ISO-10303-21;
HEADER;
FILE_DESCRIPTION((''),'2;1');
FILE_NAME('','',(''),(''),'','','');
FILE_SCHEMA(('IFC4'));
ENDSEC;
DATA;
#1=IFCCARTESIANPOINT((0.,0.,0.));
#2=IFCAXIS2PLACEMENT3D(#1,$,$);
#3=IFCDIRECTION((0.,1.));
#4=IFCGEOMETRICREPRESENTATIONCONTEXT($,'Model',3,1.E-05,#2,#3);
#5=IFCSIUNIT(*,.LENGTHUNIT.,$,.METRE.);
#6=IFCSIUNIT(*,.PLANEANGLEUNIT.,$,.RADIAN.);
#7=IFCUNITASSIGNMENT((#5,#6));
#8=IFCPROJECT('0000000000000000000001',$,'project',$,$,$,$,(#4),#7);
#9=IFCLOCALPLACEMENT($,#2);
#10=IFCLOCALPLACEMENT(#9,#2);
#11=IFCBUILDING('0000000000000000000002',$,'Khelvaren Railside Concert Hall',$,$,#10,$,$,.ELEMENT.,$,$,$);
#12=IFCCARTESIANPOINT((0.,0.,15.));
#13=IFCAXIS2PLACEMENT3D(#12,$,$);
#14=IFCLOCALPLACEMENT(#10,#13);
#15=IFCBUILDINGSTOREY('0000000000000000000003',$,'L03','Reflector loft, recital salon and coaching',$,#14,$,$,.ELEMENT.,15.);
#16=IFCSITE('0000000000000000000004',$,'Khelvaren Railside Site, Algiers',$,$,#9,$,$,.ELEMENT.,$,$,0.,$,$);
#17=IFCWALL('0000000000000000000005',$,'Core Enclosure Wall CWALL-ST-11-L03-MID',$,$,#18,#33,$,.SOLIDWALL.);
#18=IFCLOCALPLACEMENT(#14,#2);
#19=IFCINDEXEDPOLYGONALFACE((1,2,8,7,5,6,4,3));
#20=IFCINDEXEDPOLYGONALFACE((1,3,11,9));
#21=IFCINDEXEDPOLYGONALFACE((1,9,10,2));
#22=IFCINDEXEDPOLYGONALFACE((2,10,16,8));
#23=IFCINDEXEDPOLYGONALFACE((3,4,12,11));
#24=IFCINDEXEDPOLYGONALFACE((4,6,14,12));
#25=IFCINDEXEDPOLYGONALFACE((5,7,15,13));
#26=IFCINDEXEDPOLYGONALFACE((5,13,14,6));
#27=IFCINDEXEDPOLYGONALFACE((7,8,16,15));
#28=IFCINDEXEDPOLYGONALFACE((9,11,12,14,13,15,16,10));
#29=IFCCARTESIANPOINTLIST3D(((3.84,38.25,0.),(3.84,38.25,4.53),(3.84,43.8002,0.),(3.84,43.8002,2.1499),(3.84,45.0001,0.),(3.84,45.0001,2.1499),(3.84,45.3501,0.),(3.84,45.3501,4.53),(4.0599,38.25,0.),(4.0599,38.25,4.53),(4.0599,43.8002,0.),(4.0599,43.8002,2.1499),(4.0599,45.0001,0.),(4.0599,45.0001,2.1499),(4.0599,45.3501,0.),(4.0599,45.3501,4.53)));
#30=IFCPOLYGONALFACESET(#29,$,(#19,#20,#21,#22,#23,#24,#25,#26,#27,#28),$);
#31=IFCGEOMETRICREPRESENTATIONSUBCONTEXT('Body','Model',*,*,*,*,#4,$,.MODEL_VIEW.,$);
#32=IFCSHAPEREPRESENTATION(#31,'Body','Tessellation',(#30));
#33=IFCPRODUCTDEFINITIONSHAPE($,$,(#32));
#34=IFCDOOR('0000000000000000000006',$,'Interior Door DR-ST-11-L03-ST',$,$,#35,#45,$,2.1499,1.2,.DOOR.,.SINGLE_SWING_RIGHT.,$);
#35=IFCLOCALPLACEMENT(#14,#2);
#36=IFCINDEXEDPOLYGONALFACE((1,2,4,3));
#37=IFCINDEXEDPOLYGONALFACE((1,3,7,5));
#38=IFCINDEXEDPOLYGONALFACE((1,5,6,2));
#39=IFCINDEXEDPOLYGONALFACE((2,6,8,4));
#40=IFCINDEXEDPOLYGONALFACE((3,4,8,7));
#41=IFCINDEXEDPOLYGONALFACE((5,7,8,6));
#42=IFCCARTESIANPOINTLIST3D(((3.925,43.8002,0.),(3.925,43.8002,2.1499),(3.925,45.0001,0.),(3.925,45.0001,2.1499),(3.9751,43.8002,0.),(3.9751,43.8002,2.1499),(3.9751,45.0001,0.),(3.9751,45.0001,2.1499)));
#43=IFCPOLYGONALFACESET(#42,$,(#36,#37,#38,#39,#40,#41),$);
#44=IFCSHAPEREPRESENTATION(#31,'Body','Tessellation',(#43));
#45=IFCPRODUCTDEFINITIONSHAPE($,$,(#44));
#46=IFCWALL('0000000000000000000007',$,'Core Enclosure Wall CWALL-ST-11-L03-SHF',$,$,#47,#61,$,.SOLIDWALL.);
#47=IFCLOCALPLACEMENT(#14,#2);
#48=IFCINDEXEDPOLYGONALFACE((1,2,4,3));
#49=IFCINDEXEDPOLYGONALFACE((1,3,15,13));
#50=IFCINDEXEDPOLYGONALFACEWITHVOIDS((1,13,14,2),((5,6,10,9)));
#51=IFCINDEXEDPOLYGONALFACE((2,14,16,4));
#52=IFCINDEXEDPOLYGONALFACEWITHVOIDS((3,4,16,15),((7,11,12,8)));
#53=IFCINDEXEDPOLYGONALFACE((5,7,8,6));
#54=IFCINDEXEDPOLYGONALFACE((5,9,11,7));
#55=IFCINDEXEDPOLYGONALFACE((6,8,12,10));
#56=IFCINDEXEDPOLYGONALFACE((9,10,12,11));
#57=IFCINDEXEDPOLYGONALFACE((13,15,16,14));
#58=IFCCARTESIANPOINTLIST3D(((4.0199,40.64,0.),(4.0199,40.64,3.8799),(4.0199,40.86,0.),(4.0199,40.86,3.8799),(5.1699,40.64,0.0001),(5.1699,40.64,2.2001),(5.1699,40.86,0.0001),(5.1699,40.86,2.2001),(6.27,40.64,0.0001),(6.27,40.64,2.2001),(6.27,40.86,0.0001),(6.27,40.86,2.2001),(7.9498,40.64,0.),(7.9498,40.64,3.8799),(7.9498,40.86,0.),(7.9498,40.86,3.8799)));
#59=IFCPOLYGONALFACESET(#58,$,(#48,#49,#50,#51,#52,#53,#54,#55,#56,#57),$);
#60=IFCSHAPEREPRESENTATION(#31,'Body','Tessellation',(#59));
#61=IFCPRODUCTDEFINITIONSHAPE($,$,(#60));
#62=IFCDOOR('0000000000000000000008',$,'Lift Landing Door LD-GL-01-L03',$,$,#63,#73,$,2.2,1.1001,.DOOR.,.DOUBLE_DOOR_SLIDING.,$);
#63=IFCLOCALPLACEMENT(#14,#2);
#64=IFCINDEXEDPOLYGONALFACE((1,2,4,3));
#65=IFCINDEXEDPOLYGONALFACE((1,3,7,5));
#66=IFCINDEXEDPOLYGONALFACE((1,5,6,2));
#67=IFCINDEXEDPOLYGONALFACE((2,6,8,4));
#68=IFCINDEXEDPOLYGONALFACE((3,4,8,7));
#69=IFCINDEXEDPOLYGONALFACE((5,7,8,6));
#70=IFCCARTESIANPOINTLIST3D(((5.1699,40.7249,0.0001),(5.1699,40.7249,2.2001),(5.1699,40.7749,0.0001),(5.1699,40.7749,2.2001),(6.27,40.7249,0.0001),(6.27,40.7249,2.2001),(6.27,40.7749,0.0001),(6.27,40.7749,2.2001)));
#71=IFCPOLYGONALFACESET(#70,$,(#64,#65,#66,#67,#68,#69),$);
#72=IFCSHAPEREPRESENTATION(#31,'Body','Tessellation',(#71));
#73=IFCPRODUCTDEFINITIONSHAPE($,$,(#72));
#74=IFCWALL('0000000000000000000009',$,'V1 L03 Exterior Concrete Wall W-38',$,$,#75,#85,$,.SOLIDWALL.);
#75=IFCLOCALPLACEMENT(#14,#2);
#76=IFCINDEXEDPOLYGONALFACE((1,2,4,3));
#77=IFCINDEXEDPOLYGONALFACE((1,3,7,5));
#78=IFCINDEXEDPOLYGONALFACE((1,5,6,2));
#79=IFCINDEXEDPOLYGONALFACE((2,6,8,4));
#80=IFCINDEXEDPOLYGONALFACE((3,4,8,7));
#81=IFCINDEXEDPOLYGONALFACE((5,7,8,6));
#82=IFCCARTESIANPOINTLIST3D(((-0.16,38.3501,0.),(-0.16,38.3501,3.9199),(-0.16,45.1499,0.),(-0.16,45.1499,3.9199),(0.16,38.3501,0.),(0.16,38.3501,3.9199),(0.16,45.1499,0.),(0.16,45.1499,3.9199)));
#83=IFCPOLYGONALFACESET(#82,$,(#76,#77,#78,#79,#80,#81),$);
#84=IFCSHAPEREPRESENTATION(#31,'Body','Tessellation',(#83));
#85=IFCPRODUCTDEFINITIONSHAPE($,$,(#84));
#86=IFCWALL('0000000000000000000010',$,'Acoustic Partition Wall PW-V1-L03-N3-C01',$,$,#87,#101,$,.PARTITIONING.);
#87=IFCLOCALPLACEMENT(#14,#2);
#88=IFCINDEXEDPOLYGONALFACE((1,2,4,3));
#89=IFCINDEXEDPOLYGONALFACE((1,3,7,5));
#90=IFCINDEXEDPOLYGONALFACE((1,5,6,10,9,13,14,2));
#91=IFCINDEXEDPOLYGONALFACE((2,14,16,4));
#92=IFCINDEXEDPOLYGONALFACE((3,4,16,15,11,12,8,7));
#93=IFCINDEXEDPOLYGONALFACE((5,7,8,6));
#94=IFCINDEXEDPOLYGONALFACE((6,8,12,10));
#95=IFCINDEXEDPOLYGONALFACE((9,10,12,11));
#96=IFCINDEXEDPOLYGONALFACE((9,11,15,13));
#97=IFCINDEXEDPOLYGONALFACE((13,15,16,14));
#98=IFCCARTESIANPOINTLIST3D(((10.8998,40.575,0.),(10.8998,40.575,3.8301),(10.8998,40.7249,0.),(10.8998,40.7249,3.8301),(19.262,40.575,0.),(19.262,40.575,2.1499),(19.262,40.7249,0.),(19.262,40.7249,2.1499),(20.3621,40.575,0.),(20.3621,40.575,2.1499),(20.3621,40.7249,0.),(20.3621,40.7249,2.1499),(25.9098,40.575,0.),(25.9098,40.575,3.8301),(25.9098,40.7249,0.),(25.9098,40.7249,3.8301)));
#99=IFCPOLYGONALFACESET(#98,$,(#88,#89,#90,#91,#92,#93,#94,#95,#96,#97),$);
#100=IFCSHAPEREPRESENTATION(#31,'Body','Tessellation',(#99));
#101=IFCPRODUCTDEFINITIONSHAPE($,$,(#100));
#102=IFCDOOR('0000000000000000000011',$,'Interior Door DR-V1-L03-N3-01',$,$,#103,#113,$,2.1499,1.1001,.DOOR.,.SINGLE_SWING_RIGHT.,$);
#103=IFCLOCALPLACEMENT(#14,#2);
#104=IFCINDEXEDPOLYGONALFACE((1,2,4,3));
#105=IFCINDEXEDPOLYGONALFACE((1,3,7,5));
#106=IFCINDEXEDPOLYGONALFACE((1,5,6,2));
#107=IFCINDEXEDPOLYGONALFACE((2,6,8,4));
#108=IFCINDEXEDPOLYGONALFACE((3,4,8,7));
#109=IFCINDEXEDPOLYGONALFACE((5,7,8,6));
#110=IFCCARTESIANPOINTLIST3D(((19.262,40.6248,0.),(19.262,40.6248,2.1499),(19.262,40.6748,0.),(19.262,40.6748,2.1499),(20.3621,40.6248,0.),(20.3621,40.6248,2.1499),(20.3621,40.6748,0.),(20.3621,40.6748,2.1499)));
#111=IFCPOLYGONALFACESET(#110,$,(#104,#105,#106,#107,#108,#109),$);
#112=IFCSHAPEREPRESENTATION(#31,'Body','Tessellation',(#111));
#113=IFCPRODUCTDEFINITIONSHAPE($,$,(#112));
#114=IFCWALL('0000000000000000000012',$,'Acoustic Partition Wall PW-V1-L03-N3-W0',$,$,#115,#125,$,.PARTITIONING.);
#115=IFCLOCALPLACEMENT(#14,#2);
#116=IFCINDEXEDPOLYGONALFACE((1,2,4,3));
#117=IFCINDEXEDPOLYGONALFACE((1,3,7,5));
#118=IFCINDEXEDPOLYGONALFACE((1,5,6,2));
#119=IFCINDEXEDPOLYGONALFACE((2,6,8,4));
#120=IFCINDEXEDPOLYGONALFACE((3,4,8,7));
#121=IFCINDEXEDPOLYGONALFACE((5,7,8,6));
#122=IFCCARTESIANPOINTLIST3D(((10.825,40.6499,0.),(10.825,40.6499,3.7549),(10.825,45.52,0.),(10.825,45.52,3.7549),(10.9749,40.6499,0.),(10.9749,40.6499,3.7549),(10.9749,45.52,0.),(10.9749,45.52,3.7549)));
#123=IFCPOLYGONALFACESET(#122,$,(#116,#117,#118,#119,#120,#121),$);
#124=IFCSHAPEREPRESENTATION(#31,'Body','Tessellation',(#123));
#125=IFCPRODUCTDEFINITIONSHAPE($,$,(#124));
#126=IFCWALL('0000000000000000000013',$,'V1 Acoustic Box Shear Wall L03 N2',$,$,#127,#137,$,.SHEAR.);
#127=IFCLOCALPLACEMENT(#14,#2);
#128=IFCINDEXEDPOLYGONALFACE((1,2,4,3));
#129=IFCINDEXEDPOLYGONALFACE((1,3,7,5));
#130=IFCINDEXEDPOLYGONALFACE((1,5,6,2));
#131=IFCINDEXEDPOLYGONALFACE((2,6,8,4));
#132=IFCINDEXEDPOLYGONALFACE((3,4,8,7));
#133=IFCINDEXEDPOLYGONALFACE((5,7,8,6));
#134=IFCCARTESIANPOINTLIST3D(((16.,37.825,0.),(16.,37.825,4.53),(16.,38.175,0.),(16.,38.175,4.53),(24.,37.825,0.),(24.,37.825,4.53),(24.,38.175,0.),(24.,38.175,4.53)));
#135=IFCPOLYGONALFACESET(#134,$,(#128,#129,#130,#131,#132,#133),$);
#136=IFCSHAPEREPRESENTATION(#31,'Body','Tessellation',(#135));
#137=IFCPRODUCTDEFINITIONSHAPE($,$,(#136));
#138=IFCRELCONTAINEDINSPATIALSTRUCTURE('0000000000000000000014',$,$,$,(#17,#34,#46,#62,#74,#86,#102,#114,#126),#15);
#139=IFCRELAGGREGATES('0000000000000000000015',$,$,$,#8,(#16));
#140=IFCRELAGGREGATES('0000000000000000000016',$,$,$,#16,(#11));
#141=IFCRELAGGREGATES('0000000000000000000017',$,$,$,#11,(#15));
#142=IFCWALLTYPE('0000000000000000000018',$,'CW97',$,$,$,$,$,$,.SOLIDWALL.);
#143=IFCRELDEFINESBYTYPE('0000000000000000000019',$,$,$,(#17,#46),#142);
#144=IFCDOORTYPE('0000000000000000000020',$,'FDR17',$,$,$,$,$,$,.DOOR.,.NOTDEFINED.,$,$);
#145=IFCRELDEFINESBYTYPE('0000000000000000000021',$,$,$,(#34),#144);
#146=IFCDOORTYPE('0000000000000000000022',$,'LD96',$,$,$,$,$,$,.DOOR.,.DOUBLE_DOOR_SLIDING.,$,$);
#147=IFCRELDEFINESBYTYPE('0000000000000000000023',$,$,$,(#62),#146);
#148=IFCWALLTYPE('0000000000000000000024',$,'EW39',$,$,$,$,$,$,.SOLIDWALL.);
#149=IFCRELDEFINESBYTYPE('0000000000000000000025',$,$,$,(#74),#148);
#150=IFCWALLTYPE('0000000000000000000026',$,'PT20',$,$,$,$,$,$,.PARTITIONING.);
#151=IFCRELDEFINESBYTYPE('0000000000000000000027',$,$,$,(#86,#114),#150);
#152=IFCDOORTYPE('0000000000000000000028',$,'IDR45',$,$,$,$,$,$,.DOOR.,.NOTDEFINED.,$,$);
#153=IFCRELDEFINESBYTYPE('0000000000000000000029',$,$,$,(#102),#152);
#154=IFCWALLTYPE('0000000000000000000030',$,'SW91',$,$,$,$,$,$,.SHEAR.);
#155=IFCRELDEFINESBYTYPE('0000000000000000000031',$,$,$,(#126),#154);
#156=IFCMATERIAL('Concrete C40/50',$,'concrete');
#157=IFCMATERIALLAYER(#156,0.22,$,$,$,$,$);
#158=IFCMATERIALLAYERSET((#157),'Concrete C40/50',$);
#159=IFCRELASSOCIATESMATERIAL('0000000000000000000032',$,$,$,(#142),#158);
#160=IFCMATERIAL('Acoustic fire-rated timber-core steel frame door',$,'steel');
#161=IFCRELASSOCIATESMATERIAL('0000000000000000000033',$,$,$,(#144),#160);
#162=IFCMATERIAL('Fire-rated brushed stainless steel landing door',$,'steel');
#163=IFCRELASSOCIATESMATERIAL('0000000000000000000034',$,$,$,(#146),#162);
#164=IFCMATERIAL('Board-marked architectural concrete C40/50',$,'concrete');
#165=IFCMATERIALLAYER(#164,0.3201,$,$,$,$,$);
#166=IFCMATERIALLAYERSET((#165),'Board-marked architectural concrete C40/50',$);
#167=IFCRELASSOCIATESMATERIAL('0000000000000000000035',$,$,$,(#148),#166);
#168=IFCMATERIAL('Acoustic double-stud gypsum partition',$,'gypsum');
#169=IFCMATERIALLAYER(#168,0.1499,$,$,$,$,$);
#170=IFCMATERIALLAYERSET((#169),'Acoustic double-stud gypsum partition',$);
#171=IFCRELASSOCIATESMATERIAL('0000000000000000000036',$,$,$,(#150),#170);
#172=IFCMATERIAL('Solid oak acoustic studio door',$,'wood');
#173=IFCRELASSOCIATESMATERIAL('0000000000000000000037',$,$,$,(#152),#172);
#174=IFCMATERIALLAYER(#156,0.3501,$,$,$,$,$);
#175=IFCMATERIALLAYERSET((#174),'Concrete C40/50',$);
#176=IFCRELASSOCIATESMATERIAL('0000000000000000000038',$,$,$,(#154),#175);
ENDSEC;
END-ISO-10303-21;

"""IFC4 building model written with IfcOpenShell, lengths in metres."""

from ifc_helpers import new_model, si_unit, direction, frame, frame_2d, origin, place, context, subcontext, project, spatial, rectangle, extrude, material, layer, layer_set, type_object, element, fill, save


model = new_model("IFC4")

# Units and contexts
model_context = context("Model", 3, precision=1e-05, world=origin(), true_north=direction((0.0, 1.0)))
body_context = subcontext(model_context, "Body", "Model", "MODEL_VIEW")
ifc_project = project(units=[si_unit("LENGTHUNIT", "METRE"), si_unit("PLANEANGLEUNIT", "RADIAN")], contexts=[model_context])

# Site, building, storey
site_placement = place(None, origin())
site = spatial("IfcSite", under=ifc_project, at=site_placement, Name="Khelvaren Railside Site, Algiers", CompositionType="ELEMENT", RefElevation=0.0)
building_placement = place(site_placement, origin())
building = spatial("IfcBuilding", under=site, at=building_placement, Name="Khelvaren Railside Concert Hall", CompositionType="ELEMENT")
storey_placement = place(building_placement, frame((0.0, 0.0, 15.0)))
storey = spatial("IfcBuildingStorey", under=building, at=storey_placement, Name="L03", Description="Reflector loft, recital salon and coaching", CompositionType="ELEMENT", Elevation=15.0)

# Shared definitions
ifc_material_1 = material(Name="Concrete C40/50", Category="concrete")

# Walls, openings, doors
ifc_material_2 = material(Name="Acoustic fire-rated timber-core steel frame door", Category="steel")
ifc_layer_1 = layer(ifc_material_1, 0.22)
ifc_layer_set_1 = layer_set([ifc_layer_1], Name="Concrete C40/50")
wall_type_1 = type_object("IfcWallType", Name="CW97", PredefinedType="SOLIDWALL", material=ifc_layer_set_1)
wall_1_placement = place(storey_placement, frame((3.95, 38.25, 0.0), z_axis=(0.0, 0.0, 1.0), x_axis=(0.0, 1.0, 0.0)))
wall_1 = element("IfcWall", 1, at=wall_1_placement, inside=storey, type_object=wall_type_1, Name="Core Enclosure Wall CWALL-ST-11-L03-MID", PredefinedType="SOLIDWALL", context=body_context, shape_type="SweptSolid", body=[
    extrude(rectangle(XDim=7.1001, YDim=0.22, at=frame_2d((3.55, 0.0))), origin(), (0.0, 0.0, 1.0), 4.53),
])
opening_1_placement = place(wall_1_placement, frame((5.55, 0.0, 0.0)))
opening_1 = element("IfcOpeningElement", 2, at=opening_1_placement, cuts=wall_1, PredefinedType="OPENING", context=body_context, shape_type="SweptSolid", body=[
    extrude(rectangle(XDim=1.2, YDim=2.1499, at=frame_2d((0.6001, 1.075))), frame((0.0, 0.1199, 0.0), z_axis=(0.0, -1.0, 0.0), x_axis=(1.0, 0.0, 0.0)), (0.0, 0.0, 1.0), 0.24),
])
door_type_1 = type_object("IfcDoorType", Name="FDR17", OperationType="NOTDEFINED", PredefinedType="DOOR", material=ifc_material_2)
door_1_placement = place(opening_1_placement, origin())
door_1 = element("IfcDoor", 3, at=door_1_placement, inside=storey, type_object=door_type_1, Name="Interior Door DR-ST-11-L03-ST", OperationType="SINGLE_SWING_RIGHT", OverallHeight=2.1499, OverallWidth=1.2, PredefinedType="DOOR", context=body_context, shape_type="SweptSolid", body=[
    extrude(rectangle(XDim=1.2, YDim=2.1499, at=frame_2d((0.6001, 1.075))), frame((0.0, 0.0249, 0.0), z_axis=(0.0, -1.0, 0.0), x_axis=(1.0, 0.0, 0.0)), (0.0, 0.0, 1.0), 0.05),
])
fill(opening_1, door_1)
wall_2_placement = place(storey_placement, frame((4.02, 40.75, 0.0), z_axis=(0.0, 0.0, 1.0), x_axis=(1.0, 0.0, 0.0)))
wall_2 = element("IfcWall", 4, at=wall_2_placement, inside=storey, type_object=wall_type_1, Name="Core Enclosure Wall CWALL-ST-11-L03-SHF", PredefinedType="SOLIDWALL", context=body_context, shape_type="SweptSolid", body=[
    extrude(rectangle(XDim=3.9299, YDim=0.22, at=frame_2d((1.9648, 0.0))), origin(), (0.0, 0.0, 1.0), 3.8799),
])
opening_2_placement = place(wall_2_placement, frame((1.1499, 0.0, 0.0)))
opening_2 = element("IfcOpeningElement", 5, at=opening_2_placement, cuts=wall_2, PredefinedType="OPENING", context=body_context, shape_type="SweptSolid", body=[
    extrude(rectangle(XDim=1.1001, YDim=2.2, at=frame_2d((0.55, 1.1001))), frame((0.0, 0.1199, 0.0), z_axis=(0.0, -1.0, 0.0), x_axis=(1.0, 0.0, 0.0)), (0.0, 0.0, 1.0), 0.24),
])
ifc_material_3 = material(Name="Fire-rated brushed stainless steel landing door", Category="steel")
door_type_2 = type_object("IfcDoorType", Name="LD96", OperationType="DOUBLE_DOOR_SLIDING", PredefinedType="DOOR", material=ifc_material_3)
door_2_placement = place(opening_2_placement, origin())
door_2 = element("IfcDoor", 6, at=door_2_placement, inside=storey, type_object=door_type_2, Name="Lift Landing Door LD-GL-01-L03", OperationType="DOUBLE_DOOR_SLIDING", OverallHeight=2.2, OverallWidth=1.1001, PredefinedType="DOOR", context=body_context, shape_type="SweptSolid", body=[
    extrude(rectangle(XDim=1.1001, YDim=2.2, at=frame_2d((0.55, 1.1001))), frame((0.0, 0.0249, 0.0), z_axis=(0.0, -1.0, 0.0), x_axis=(1.0, 0.0, 0.0)), (0.0, 0.0, 1.0), 0.05),
])
fill(opening_2, door_2)

# Wall
ifc_material_4 = material(Name="Board-marked architectural concrete C40/50", Category="concrete")
ifc_layer_2 = layer(ifc_material_4, 0.3201)
ifc_layer_set_2 = layer_set([ifc_layer_2], Name="Board-marked architectural concrete C40/50")
wall_type_2 = type_object("IfcWallType", Name="EW39", PredefinedType="SOLIDWALL", material=ifc_layer_set_2)
wall_3_placement = place(storey_placement, frame((0.0, 38.3501, 0.0), z_axis=(0.0, 0.0, 1.0), x_axis=(0.0, 1.0, 0.0)))
element("IfcWall", 7, at=wall_3_placement, inside=storey, type_object=wall_type_2, Name="V1 L03 Exterior Concrete Wall W-38", PredefinedType="SOLIDWALL", context=body_context, shape_type="SweptSolid", body=[
    extrude(rectangle(XDim=6.7998, YDim=0.3201, at=frame_2d((3.3999, 0.0))), origin(), (0.0, 0.0, 1.0), 3.9199),
])

# Wall, opening, door
ifc_material_5 = material(Name="Acoustic double-stud gypsum partition", Category="gypsum")
ifc_layer_3 = layer(ifc_material_5, 0.1499)
ifc_layer_set_3 = layer_set([ifc_layer_3], Name="Acoustic double-stud gypsum partition")
wall_type_3 = type_object("IfcWallType", Name="PT20", PredefinedType="PARTITIONING", material=ifc_layer_set_3)
wall_4_placement = place(storey_placement, frame((10.8999, 40.6499, 0.0), z_axis=(0.0, 0.0, 1.0), x_axis=(1.0, 0.0, 0.0)))
wall_4 = element("IfcWall", 8, at=wall_4_placement, inside=storey, type_object=wall_type_3, Name="Acoustic Partition Wall PW-V1-L03-N3-C01", PredefinedType="PARTITIONING", context=body_context, shape_type="SweptSolid", body=[
    extrude(rectangle(XDim=15.01, YDim=0.1499, at=frame_2d((7.5049, 0.0))), origin(), (0.0, 0.0, 1.0), 3.8301),
])
opening_3_placement = place(wall_4_placement, frame((8.3621, 0.0, 0.0)))
opening_3 = element("IfcOpeningElement", 9, at=opening_3_placement, cuts=wall_4, PredefinedType="OPENING", context=body_context, shape_type="SweptSolid", body=[
    extrude(rectangle(XDim=1.1001, YDim=2.1499, at=frame_2d((0.55, 1.075))), frame((0.0, 0.085, 0.0), z_axis=(0.0, -1.0, 0.0), x_axis=(1.0, 0.0, 0.0)), (0.0, 0.0, 1.0), 0.1699),
])
ifc_material_6 = material(Name="Solid oak acoustic studio door", Category="wood")
door_type_3 = type_object("IfcDoorType", Name="IDR45", OperationType="NOTDEFINED", PredefinedType="DOOR", material=ifc_material_6)
door_3_placement = place(opening_3_placement, origin())
door_3 = element("IfcDoor", 10, at=door_3_placement, inside=storey, type_object=door_type_3, Name="Interior Door DR-V1-L03-N3-01", OperationType="SINGLE_SWING_RIGHT", OverallHeight=2.1499, OverallWidth=1.1001, PredefinedType="DOOR", context=body_context, shape_type="SweptSolid", body=[
    extrude(rectangle(XDim=1.1001, YDim=2.1499, at=frame_2d((0.55, 1.075))), frame((0.0, 0.0249, 0.0), z_axis=(0.0, -1.0, 0.0), x_axis=(1.0, 0.0, 0.0)), (0.0, 0.0, 1.0), 0.05),
])
fill(opening_3, door_3)

# Walls
wall_5_placement = place(storey_placement, frame((10.8999, 40.6499, 0.0), z_axis=(0.0, 0.0, 1.0), x_axis=(0.0, 1.0, 0.0)))
element("IfcWall", 11, at=wall_5_placement, inside=storey, type_object=wall_type_3, Name="Acoustic Partition Wall PW-V1-L03-N3-W0", PredefinedType="PARTITIONING", context=body_context, shape_type="SweptSolid", body=[
    extrude(rectangle(XDim=4.8701, YDim=0.1499, at=frame_2d((2.4351, 0.0))), origin(), (0.0, 0.0, 1.0), 3.7549),
])
ifc_layer_4 = layer(ifc_material_1, 0.3501)
ifc_layer_set_4 = layer_set([ifc_layer_4], Name="Concrete C40/50")
wall_type_4 = type_object("IfcWallType", Name="SW91", PredefinedType="SHEAR", material=ifc_layer_set_4)
wall_6_placement = place(storey_placement, frame((16.0, 38.0, 0.0), z_axis=(0.0, 0.0, 1.0), x_axis=(1.0, 0.0, 0.0)))
element("IfcWall", 12, at=wall_6_placement, inside=storey, type_object=wall_type_4, Name="V1 Acoustic Box Shear Wall L03 N2", PredefinedType="SHEAR", context=body_context, shape_type="SweptSolid", body=[
    extrude(rectangle(XDim=8.0, YDim=0.3501, at=frame_2d((4.0, 0.0))), origin(), (0.0, 0.0, 1.0), 4.53),
])

save(model, "model.ifc")
